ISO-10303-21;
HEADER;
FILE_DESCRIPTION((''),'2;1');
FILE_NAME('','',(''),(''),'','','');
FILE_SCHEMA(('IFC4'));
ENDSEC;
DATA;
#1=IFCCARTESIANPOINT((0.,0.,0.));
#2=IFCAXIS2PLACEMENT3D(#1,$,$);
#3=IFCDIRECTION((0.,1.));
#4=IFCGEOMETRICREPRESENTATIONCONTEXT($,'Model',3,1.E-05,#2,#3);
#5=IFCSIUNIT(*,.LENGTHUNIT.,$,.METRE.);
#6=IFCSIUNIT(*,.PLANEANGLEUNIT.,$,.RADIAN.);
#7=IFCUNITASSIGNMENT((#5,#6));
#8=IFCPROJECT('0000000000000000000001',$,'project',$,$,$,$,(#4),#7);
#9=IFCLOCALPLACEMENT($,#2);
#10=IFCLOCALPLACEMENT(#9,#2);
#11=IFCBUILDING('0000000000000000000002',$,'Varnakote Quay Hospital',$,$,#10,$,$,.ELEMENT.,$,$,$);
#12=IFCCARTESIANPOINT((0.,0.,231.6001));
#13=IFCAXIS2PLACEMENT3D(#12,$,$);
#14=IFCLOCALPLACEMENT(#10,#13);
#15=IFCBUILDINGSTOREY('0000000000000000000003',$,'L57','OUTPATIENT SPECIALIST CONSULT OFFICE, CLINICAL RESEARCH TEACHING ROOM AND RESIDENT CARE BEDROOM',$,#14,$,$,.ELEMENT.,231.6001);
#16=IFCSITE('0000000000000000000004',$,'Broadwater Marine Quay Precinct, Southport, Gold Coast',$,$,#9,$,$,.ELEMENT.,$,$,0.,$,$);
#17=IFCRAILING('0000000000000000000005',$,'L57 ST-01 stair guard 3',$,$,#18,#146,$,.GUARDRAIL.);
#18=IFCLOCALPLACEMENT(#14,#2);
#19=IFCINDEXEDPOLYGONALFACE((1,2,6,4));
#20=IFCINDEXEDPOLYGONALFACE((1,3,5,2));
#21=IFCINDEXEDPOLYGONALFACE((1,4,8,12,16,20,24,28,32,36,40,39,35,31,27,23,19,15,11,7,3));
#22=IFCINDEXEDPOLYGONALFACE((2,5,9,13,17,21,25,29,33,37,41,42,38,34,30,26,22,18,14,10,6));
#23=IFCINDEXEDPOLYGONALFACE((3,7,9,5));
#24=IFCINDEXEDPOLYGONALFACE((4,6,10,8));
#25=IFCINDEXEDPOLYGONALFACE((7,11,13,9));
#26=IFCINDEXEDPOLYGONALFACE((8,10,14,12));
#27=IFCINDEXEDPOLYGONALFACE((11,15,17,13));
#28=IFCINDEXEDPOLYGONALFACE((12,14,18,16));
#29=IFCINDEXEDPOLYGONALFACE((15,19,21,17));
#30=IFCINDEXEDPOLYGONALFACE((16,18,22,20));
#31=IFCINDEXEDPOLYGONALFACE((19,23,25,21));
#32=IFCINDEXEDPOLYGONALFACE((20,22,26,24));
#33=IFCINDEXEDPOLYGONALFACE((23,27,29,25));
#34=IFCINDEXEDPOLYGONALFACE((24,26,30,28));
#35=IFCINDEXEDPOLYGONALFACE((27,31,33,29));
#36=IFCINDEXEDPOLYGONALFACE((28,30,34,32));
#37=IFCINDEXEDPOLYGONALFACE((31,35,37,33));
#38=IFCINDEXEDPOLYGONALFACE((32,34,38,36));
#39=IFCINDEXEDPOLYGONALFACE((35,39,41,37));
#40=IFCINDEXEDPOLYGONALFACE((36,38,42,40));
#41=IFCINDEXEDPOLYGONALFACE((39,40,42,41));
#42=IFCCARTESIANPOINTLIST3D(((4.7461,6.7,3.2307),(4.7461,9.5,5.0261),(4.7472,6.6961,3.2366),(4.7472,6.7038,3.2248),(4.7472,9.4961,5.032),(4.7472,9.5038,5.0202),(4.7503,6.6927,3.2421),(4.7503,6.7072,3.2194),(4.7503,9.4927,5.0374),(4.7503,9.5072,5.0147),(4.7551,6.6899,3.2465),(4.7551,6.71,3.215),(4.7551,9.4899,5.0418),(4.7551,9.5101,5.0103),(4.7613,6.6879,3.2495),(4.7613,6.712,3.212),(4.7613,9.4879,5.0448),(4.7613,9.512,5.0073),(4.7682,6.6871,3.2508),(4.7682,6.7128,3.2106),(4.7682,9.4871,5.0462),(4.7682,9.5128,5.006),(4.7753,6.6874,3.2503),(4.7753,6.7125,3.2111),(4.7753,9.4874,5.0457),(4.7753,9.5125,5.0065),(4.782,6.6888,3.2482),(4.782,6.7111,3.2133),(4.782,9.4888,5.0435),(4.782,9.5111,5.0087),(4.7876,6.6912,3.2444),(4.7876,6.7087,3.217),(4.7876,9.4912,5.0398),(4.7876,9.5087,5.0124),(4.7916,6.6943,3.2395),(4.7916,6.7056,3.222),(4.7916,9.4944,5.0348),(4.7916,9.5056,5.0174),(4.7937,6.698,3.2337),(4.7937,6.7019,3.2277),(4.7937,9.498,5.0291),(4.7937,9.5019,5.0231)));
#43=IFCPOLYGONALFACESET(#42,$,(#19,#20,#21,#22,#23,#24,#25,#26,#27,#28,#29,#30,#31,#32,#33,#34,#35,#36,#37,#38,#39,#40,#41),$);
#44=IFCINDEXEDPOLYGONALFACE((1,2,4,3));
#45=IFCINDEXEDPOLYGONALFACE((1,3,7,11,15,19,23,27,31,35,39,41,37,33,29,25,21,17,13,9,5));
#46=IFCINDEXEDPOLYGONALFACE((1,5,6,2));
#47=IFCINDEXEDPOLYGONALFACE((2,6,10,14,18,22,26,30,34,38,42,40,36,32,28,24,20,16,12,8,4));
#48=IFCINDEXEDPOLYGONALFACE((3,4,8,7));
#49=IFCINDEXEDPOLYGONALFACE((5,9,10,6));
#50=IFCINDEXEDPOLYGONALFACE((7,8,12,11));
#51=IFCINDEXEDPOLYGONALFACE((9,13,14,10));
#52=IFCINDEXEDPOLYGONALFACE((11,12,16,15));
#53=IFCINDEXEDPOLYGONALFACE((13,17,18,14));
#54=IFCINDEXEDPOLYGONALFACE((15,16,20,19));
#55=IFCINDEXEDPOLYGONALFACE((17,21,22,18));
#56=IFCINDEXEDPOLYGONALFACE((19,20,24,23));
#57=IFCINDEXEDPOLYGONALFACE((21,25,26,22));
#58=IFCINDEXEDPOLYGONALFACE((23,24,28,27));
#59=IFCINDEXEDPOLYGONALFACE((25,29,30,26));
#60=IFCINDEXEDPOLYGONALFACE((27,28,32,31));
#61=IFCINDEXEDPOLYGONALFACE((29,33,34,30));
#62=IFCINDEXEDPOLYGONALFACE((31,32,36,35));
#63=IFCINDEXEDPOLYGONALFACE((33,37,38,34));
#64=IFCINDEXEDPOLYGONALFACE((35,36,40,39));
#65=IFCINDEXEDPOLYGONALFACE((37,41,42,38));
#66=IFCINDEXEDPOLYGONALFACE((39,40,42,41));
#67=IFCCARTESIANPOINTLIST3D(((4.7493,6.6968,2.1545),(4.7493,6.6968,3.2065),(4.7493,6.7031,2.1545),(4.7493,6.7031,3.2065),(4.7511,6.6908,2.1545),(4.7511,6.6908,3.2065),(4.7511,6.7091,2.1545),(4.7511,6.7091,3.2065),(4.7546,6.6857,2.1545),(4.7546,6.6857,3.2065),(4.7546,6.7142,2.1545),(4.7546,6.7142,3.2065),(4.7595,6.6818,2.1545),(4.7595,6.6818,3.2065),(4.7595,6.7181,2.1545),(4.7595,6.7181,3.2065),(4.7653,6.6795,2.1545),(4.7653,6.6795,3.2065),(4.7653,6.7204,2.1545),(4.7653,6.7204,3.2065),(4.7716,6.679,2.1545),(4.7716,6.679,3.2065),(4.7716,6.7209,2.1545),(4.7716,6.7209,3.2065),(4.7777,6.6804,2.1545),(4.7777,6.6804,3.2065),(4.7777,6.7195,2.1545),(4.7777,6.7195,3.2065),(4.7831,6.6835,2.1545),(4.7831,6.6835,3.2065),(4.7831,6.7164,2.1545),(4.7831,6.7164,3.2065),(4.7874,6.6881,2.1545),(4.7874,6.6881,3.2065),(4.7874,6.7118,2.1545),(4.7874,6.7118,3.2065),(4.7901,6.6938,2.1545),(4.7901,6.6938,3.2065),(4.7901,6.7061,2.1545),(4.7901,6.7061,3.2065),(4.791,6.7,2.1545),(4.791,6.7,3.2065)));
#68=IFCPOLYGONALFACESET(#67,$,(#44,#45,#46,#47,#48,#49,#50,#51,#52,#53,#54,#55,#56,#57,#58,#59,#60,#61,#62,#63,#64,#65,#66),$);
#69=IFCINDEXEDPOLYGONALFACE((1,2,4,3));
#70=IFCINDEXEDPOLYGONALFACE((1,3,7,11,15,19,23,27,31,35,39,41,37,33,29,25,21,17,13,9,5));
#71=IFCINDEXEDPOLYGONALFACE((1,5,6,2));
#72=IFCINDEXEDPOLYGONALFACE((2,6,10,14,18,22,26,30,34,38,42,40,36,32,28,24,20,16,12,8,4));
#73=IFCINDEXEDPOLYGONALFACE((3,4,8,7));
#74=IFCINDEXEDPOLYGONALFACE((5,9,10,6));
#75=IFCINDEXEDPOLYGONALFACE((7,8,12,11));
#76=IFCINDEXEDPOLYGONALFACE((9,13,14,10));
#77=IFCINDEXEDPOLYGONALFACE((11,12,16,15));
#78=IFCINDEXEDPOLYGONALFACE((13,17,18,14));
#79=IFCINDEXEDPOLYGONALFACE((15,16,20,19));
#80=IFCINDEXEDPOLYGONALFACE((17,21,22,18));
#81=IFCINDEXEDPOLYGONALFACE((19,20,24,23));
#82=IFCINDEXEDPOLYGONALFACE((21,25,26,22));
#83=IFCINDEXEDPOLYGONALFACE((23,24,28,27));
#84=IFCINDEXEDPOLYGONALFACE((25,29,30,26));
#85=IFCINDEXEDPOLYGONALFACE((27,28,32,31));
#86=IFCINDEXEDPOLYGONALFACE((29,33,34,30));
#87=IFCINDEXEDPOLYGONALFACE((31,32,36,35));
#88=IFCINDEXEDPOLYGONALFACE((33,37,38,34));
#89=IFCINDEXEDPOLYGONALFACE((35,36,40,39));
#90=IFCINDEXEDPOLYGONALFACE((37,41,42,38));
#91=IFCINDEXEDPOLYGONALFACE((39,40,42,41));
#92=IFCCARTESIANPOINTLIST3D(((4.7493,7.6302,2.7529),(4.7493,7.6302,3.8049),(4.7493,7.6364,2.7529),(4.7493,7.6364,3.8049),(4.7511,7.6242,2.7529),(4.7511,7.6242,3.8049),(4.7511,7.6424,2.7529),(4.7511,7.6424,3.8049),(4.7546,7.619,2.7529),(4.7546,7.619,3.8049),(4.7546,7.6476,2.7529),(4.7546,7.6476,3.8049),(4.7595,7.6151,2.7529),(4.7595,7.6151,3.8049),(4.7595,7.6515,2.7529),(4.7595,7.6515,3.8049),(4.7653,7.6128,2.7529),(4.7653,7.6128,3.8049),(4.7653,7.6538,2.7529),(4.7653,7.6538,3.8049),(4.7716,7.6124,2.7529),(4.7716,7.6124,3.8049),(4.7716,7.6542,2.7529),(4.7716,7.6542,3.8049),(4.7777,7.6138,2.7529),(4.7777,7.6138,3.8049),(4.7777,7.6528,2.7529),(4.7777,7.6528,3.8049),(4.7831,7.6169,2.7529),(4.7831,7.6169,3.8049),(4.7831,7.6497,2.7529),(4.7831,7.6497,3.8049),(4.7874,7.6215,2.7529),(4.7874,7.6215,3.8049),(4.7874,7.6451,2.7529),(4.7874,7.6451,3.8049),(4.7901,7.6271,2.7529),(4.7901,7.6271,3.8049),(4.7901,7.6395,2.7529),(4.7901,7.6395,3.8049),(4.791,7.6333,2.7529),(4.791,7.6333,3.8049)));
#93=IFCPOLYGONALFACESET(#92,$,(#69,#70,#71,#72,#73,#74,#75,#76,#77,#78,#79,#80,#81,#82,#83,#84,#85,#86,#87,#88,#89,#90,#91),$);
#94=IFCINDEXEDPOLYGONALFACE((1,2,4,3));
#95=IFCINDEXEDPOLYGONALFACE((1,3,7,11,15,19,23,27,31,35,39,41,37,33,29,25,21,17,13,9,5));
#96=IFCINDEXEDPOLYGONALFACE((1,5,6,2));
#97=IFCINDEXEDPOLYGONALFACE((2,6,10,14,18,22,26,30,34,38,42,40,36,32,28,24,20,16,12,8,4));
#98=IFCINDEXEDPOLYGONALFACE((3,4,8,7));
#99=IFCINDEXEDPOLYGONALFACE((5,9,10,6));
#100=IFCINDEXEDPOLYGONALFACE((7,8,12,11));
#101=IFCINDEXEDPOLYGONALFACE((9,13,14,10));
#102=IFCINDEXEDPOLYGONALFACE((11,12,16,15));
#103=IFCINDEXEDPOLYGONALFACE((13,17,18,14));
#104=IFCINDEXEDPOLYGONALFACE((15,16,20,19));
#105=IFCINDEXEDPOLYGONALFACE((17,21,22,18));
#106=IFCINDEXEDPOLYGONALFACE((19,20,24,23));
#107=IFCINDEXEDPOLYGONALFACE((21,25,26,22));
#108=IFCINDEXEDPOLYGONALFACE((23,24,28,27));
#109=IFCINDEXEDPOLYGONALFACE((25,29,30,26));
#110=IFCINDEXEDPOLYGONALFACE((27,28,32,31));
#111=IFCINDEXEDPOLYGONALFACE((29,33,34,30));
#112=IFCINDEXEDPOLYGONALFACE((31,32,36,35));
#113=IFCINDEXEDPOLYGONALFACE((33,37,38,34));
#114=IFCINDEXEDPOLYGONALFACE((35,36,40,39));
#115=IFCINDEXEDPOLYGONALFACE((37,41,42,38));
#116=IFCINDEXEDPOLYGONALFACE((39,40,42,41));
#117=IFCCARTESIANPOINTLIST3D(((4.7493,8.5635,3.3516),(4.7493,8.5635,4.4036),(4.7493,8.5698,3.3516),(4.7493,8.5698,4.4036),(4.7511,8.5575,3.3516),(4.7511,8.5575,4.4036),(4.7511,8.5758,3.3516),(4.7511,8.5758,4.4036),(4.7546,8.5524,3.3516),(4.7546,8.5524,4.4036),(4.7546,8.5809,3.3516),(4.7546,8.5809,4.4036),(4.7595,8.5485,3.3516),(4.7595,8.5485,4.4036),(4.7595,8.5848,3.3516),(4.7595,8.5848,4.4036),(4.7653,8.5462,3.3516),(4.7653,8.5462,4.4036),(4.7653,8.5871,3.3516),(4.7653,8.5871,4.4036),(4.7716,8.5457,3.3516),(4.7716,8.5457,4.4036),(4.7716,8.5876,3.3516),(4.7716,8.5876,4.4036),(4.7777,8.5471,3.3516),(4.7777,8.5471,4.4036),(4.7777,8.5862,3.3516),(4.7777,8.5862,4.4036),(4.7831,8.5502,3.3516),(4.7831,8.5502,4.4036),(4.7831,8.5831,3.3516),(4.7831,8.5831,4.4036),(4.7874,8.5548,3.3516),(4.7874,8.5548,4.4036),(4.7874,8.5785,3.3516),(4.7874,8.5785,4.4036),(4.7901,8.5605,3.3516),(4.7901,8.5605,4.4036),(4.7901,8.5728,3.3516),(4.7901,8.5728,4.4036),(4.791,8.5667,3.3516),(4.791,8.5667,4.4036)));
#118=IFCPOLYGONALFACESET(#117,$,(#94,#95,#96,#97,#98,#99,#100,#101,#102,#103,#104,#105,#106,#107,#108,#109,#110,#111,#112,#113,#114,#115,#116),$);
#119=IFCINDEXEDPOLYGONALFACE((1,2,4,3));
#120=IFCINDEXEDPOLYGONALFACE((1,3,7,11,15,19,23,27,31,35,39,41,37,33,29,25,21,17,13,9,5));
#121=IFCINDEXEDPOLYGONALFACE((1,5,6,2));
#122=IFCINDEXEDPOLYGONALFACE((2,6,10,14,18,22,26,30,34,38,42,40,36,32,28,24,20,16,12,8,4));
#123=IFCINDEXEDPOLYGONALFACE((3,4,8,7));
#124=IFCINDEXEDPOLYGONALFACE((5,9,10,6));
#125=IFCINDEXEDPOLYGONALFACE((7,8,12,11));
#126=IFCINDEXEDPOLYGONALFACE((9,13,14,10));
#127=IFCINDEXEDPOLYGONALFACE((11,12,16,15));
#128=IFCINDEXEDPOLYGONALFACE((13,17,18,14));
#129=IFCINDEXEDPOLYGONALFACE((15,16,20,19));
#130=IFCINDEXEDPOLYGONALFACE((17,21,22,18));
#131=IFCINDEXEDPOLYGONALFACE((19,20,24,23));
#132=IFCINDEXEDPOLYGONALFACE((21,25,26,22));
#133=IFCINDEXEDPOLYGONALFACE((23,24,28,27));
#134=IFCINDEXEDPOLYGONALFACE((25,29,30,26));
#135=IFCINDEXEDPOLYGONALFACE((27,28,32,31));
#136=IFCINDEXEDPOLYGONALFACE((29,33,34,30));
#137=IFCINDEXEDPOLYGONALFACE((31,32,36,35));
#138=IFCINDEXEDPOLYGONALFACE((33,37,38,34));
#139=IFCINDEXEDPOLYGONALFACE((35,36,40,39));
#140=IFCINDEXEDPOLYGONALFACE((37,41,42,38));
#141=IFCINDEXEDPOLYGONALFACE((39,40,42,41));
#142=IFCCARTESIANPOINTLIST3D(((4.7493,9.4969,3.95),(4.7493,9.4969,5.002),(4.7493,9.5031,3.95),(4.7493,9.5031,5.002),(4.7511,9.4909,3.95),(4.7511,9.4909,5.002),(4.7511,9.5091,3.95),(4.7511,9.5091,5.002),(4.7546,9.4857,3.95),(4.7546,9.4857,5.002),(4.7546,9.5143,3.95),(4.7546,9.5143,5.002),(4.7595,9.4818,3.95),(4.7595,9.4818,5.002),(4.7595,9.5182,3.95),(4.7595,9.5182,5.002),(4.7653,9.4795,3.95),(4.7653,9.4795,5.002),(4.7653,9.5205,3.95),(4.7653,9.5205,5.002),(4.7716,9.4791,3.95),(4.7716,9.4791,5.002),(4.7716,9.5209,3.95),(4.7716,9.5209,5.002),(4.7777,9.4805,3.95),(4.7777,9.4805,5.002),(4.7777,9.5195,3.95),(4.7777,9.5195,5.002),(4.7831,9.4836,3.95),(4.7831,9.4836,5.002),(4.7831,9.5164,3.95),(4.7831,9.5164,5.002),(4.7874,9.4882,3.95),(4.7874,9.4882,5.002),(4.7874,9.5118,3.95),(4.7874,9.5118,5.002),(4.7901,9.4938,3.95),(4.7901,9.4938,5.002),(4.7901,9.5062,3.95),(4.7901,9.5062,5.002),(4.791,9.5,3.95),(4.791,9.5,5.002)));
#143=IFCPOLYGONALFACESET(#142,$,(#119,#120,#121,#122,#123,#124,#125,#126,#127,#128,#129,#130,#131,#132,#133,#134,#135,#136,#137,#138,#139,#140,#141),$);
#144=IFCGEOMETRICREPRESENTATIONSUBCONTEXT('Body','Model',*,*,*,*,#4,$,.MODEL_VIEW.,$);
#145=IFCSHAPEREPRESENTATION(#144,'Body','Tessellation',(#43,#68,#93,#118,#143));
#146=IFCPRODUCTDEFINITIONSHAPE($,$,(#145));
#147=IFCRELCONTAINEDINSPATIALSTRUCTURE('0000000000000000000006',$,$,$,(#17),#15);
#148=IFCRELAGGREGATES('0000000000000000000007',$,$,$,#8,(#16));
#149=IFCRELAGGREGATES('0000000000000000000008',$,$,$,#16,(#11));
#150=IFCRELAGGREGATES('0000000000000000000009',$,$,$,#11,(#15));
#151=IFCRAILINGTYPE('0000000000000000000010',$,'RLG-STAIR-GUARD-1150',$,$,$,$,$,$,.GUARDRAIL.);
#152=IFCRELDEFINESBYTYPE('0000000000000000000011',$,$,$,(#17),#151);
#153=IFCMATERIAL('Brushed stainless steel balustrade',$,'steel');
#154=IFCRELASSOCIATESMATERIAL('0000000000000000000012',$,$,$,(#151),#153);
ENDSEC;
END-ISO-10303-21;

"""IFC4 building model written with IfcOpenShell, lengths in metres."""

from ifc_helpers import new_model, si_unit, direction, frame, origin, origin_2d, place, context, subcontext, project, spatial, circle, extrude, material, type_object, element, save


model = new_model("IFC4")

# Units and contexts
model_context = context("Model", 3, precision=1e-05, world=origin(), true_north=direction((0.0, 1.0)))
body_context = subcontext(model_context, "Body", "Model", "MODEL_VIEW")
ifc_project = project(units=[si_unit("LENGTHUNIT", "METRE"), si_unit("PLANEANGLEUNIT", "RADIAN")], contexts=[model_context])

# Site, building, storey
site_placement = place(None, origin())
site = spatial("IfcSite", under=ifc_project, at=site_placement, Name="Broadwater Marine Quay Precinct, Southport, Gold Coast", CompositionType="ELEMENT", RefElevation=0.0)
building_placement = place(site_placement, origin())
building = spatial("IfcBuilding", under=site, at=building_placement, Name="Varnakote Quay Hospital", CompositionType="ELEMENT")
storey_placement = place(building_placement, frame((0.0, 0.0, 231.6001)))
storey = spatial("IfcBuildingStorey", under=building, at=storey_placement, Name="L57", Description="OUTPATIENT SPECIALIST CONSULT OFFICE, CLINICAL RESEARCH TEACHING ROOM AND RESIDENT CARE BEDROOM", CompositionType="ELEMENT", Elevation=231.6001)

# Railing
ifc_material_1 = material(Name="Brushed stainless steel balustrade", Category="steel")
railing_type_1 = type_object("IfcRailingType", Name="RLG-STAIR-GUARD-1150", PredefinedType="GUARDRAIL", material=ifc_material_1)
railing_1_placement = place(storey_placement, frame((4.77, 6.7, 2.1545)))
element("IfcRailing", 1, at=railing_1_placement, inside=storey, type_object=railing_type_1, Name="L57 ST-01 stair guard 3", PredefinedType="GUARDRAIL", context=body_context, shape_type="SweptSolid", body=[
    extrude(circle(Radius=0.0239, at=origin_2d()), frame((0.0, 0.0, 1.0762), z_axis=(0.0, 0.84181, 0.539774), x_axis=(-1.0, 0.0, 0.0)), (0.0, 0.0, 1.0), 3.3262),
    extrude(circle(Radius=0.021, at=origin_2d()), origin(), (0.0, 0.0, 1.0), 1.052),
    extrude(circle(Radius=0.021, at=origin_2d()), frame((0.0, 0.9333, 0.5984)), (0.0, 0.0, 1.0), 1.052),
    extrude(circle(Radius=0.021, at=origin_2d()), frame((0.0, 1.8667, 1.197)), (0.0, 0.0, 1.0), 1.052),
    extrude(circle(Radius=0.021, at=origin_2d()), frame((0.0, 2.8, 1.7954)), (0.0, 0.0, 1.0), 1.052),
])

save(model, "model.ifc")
